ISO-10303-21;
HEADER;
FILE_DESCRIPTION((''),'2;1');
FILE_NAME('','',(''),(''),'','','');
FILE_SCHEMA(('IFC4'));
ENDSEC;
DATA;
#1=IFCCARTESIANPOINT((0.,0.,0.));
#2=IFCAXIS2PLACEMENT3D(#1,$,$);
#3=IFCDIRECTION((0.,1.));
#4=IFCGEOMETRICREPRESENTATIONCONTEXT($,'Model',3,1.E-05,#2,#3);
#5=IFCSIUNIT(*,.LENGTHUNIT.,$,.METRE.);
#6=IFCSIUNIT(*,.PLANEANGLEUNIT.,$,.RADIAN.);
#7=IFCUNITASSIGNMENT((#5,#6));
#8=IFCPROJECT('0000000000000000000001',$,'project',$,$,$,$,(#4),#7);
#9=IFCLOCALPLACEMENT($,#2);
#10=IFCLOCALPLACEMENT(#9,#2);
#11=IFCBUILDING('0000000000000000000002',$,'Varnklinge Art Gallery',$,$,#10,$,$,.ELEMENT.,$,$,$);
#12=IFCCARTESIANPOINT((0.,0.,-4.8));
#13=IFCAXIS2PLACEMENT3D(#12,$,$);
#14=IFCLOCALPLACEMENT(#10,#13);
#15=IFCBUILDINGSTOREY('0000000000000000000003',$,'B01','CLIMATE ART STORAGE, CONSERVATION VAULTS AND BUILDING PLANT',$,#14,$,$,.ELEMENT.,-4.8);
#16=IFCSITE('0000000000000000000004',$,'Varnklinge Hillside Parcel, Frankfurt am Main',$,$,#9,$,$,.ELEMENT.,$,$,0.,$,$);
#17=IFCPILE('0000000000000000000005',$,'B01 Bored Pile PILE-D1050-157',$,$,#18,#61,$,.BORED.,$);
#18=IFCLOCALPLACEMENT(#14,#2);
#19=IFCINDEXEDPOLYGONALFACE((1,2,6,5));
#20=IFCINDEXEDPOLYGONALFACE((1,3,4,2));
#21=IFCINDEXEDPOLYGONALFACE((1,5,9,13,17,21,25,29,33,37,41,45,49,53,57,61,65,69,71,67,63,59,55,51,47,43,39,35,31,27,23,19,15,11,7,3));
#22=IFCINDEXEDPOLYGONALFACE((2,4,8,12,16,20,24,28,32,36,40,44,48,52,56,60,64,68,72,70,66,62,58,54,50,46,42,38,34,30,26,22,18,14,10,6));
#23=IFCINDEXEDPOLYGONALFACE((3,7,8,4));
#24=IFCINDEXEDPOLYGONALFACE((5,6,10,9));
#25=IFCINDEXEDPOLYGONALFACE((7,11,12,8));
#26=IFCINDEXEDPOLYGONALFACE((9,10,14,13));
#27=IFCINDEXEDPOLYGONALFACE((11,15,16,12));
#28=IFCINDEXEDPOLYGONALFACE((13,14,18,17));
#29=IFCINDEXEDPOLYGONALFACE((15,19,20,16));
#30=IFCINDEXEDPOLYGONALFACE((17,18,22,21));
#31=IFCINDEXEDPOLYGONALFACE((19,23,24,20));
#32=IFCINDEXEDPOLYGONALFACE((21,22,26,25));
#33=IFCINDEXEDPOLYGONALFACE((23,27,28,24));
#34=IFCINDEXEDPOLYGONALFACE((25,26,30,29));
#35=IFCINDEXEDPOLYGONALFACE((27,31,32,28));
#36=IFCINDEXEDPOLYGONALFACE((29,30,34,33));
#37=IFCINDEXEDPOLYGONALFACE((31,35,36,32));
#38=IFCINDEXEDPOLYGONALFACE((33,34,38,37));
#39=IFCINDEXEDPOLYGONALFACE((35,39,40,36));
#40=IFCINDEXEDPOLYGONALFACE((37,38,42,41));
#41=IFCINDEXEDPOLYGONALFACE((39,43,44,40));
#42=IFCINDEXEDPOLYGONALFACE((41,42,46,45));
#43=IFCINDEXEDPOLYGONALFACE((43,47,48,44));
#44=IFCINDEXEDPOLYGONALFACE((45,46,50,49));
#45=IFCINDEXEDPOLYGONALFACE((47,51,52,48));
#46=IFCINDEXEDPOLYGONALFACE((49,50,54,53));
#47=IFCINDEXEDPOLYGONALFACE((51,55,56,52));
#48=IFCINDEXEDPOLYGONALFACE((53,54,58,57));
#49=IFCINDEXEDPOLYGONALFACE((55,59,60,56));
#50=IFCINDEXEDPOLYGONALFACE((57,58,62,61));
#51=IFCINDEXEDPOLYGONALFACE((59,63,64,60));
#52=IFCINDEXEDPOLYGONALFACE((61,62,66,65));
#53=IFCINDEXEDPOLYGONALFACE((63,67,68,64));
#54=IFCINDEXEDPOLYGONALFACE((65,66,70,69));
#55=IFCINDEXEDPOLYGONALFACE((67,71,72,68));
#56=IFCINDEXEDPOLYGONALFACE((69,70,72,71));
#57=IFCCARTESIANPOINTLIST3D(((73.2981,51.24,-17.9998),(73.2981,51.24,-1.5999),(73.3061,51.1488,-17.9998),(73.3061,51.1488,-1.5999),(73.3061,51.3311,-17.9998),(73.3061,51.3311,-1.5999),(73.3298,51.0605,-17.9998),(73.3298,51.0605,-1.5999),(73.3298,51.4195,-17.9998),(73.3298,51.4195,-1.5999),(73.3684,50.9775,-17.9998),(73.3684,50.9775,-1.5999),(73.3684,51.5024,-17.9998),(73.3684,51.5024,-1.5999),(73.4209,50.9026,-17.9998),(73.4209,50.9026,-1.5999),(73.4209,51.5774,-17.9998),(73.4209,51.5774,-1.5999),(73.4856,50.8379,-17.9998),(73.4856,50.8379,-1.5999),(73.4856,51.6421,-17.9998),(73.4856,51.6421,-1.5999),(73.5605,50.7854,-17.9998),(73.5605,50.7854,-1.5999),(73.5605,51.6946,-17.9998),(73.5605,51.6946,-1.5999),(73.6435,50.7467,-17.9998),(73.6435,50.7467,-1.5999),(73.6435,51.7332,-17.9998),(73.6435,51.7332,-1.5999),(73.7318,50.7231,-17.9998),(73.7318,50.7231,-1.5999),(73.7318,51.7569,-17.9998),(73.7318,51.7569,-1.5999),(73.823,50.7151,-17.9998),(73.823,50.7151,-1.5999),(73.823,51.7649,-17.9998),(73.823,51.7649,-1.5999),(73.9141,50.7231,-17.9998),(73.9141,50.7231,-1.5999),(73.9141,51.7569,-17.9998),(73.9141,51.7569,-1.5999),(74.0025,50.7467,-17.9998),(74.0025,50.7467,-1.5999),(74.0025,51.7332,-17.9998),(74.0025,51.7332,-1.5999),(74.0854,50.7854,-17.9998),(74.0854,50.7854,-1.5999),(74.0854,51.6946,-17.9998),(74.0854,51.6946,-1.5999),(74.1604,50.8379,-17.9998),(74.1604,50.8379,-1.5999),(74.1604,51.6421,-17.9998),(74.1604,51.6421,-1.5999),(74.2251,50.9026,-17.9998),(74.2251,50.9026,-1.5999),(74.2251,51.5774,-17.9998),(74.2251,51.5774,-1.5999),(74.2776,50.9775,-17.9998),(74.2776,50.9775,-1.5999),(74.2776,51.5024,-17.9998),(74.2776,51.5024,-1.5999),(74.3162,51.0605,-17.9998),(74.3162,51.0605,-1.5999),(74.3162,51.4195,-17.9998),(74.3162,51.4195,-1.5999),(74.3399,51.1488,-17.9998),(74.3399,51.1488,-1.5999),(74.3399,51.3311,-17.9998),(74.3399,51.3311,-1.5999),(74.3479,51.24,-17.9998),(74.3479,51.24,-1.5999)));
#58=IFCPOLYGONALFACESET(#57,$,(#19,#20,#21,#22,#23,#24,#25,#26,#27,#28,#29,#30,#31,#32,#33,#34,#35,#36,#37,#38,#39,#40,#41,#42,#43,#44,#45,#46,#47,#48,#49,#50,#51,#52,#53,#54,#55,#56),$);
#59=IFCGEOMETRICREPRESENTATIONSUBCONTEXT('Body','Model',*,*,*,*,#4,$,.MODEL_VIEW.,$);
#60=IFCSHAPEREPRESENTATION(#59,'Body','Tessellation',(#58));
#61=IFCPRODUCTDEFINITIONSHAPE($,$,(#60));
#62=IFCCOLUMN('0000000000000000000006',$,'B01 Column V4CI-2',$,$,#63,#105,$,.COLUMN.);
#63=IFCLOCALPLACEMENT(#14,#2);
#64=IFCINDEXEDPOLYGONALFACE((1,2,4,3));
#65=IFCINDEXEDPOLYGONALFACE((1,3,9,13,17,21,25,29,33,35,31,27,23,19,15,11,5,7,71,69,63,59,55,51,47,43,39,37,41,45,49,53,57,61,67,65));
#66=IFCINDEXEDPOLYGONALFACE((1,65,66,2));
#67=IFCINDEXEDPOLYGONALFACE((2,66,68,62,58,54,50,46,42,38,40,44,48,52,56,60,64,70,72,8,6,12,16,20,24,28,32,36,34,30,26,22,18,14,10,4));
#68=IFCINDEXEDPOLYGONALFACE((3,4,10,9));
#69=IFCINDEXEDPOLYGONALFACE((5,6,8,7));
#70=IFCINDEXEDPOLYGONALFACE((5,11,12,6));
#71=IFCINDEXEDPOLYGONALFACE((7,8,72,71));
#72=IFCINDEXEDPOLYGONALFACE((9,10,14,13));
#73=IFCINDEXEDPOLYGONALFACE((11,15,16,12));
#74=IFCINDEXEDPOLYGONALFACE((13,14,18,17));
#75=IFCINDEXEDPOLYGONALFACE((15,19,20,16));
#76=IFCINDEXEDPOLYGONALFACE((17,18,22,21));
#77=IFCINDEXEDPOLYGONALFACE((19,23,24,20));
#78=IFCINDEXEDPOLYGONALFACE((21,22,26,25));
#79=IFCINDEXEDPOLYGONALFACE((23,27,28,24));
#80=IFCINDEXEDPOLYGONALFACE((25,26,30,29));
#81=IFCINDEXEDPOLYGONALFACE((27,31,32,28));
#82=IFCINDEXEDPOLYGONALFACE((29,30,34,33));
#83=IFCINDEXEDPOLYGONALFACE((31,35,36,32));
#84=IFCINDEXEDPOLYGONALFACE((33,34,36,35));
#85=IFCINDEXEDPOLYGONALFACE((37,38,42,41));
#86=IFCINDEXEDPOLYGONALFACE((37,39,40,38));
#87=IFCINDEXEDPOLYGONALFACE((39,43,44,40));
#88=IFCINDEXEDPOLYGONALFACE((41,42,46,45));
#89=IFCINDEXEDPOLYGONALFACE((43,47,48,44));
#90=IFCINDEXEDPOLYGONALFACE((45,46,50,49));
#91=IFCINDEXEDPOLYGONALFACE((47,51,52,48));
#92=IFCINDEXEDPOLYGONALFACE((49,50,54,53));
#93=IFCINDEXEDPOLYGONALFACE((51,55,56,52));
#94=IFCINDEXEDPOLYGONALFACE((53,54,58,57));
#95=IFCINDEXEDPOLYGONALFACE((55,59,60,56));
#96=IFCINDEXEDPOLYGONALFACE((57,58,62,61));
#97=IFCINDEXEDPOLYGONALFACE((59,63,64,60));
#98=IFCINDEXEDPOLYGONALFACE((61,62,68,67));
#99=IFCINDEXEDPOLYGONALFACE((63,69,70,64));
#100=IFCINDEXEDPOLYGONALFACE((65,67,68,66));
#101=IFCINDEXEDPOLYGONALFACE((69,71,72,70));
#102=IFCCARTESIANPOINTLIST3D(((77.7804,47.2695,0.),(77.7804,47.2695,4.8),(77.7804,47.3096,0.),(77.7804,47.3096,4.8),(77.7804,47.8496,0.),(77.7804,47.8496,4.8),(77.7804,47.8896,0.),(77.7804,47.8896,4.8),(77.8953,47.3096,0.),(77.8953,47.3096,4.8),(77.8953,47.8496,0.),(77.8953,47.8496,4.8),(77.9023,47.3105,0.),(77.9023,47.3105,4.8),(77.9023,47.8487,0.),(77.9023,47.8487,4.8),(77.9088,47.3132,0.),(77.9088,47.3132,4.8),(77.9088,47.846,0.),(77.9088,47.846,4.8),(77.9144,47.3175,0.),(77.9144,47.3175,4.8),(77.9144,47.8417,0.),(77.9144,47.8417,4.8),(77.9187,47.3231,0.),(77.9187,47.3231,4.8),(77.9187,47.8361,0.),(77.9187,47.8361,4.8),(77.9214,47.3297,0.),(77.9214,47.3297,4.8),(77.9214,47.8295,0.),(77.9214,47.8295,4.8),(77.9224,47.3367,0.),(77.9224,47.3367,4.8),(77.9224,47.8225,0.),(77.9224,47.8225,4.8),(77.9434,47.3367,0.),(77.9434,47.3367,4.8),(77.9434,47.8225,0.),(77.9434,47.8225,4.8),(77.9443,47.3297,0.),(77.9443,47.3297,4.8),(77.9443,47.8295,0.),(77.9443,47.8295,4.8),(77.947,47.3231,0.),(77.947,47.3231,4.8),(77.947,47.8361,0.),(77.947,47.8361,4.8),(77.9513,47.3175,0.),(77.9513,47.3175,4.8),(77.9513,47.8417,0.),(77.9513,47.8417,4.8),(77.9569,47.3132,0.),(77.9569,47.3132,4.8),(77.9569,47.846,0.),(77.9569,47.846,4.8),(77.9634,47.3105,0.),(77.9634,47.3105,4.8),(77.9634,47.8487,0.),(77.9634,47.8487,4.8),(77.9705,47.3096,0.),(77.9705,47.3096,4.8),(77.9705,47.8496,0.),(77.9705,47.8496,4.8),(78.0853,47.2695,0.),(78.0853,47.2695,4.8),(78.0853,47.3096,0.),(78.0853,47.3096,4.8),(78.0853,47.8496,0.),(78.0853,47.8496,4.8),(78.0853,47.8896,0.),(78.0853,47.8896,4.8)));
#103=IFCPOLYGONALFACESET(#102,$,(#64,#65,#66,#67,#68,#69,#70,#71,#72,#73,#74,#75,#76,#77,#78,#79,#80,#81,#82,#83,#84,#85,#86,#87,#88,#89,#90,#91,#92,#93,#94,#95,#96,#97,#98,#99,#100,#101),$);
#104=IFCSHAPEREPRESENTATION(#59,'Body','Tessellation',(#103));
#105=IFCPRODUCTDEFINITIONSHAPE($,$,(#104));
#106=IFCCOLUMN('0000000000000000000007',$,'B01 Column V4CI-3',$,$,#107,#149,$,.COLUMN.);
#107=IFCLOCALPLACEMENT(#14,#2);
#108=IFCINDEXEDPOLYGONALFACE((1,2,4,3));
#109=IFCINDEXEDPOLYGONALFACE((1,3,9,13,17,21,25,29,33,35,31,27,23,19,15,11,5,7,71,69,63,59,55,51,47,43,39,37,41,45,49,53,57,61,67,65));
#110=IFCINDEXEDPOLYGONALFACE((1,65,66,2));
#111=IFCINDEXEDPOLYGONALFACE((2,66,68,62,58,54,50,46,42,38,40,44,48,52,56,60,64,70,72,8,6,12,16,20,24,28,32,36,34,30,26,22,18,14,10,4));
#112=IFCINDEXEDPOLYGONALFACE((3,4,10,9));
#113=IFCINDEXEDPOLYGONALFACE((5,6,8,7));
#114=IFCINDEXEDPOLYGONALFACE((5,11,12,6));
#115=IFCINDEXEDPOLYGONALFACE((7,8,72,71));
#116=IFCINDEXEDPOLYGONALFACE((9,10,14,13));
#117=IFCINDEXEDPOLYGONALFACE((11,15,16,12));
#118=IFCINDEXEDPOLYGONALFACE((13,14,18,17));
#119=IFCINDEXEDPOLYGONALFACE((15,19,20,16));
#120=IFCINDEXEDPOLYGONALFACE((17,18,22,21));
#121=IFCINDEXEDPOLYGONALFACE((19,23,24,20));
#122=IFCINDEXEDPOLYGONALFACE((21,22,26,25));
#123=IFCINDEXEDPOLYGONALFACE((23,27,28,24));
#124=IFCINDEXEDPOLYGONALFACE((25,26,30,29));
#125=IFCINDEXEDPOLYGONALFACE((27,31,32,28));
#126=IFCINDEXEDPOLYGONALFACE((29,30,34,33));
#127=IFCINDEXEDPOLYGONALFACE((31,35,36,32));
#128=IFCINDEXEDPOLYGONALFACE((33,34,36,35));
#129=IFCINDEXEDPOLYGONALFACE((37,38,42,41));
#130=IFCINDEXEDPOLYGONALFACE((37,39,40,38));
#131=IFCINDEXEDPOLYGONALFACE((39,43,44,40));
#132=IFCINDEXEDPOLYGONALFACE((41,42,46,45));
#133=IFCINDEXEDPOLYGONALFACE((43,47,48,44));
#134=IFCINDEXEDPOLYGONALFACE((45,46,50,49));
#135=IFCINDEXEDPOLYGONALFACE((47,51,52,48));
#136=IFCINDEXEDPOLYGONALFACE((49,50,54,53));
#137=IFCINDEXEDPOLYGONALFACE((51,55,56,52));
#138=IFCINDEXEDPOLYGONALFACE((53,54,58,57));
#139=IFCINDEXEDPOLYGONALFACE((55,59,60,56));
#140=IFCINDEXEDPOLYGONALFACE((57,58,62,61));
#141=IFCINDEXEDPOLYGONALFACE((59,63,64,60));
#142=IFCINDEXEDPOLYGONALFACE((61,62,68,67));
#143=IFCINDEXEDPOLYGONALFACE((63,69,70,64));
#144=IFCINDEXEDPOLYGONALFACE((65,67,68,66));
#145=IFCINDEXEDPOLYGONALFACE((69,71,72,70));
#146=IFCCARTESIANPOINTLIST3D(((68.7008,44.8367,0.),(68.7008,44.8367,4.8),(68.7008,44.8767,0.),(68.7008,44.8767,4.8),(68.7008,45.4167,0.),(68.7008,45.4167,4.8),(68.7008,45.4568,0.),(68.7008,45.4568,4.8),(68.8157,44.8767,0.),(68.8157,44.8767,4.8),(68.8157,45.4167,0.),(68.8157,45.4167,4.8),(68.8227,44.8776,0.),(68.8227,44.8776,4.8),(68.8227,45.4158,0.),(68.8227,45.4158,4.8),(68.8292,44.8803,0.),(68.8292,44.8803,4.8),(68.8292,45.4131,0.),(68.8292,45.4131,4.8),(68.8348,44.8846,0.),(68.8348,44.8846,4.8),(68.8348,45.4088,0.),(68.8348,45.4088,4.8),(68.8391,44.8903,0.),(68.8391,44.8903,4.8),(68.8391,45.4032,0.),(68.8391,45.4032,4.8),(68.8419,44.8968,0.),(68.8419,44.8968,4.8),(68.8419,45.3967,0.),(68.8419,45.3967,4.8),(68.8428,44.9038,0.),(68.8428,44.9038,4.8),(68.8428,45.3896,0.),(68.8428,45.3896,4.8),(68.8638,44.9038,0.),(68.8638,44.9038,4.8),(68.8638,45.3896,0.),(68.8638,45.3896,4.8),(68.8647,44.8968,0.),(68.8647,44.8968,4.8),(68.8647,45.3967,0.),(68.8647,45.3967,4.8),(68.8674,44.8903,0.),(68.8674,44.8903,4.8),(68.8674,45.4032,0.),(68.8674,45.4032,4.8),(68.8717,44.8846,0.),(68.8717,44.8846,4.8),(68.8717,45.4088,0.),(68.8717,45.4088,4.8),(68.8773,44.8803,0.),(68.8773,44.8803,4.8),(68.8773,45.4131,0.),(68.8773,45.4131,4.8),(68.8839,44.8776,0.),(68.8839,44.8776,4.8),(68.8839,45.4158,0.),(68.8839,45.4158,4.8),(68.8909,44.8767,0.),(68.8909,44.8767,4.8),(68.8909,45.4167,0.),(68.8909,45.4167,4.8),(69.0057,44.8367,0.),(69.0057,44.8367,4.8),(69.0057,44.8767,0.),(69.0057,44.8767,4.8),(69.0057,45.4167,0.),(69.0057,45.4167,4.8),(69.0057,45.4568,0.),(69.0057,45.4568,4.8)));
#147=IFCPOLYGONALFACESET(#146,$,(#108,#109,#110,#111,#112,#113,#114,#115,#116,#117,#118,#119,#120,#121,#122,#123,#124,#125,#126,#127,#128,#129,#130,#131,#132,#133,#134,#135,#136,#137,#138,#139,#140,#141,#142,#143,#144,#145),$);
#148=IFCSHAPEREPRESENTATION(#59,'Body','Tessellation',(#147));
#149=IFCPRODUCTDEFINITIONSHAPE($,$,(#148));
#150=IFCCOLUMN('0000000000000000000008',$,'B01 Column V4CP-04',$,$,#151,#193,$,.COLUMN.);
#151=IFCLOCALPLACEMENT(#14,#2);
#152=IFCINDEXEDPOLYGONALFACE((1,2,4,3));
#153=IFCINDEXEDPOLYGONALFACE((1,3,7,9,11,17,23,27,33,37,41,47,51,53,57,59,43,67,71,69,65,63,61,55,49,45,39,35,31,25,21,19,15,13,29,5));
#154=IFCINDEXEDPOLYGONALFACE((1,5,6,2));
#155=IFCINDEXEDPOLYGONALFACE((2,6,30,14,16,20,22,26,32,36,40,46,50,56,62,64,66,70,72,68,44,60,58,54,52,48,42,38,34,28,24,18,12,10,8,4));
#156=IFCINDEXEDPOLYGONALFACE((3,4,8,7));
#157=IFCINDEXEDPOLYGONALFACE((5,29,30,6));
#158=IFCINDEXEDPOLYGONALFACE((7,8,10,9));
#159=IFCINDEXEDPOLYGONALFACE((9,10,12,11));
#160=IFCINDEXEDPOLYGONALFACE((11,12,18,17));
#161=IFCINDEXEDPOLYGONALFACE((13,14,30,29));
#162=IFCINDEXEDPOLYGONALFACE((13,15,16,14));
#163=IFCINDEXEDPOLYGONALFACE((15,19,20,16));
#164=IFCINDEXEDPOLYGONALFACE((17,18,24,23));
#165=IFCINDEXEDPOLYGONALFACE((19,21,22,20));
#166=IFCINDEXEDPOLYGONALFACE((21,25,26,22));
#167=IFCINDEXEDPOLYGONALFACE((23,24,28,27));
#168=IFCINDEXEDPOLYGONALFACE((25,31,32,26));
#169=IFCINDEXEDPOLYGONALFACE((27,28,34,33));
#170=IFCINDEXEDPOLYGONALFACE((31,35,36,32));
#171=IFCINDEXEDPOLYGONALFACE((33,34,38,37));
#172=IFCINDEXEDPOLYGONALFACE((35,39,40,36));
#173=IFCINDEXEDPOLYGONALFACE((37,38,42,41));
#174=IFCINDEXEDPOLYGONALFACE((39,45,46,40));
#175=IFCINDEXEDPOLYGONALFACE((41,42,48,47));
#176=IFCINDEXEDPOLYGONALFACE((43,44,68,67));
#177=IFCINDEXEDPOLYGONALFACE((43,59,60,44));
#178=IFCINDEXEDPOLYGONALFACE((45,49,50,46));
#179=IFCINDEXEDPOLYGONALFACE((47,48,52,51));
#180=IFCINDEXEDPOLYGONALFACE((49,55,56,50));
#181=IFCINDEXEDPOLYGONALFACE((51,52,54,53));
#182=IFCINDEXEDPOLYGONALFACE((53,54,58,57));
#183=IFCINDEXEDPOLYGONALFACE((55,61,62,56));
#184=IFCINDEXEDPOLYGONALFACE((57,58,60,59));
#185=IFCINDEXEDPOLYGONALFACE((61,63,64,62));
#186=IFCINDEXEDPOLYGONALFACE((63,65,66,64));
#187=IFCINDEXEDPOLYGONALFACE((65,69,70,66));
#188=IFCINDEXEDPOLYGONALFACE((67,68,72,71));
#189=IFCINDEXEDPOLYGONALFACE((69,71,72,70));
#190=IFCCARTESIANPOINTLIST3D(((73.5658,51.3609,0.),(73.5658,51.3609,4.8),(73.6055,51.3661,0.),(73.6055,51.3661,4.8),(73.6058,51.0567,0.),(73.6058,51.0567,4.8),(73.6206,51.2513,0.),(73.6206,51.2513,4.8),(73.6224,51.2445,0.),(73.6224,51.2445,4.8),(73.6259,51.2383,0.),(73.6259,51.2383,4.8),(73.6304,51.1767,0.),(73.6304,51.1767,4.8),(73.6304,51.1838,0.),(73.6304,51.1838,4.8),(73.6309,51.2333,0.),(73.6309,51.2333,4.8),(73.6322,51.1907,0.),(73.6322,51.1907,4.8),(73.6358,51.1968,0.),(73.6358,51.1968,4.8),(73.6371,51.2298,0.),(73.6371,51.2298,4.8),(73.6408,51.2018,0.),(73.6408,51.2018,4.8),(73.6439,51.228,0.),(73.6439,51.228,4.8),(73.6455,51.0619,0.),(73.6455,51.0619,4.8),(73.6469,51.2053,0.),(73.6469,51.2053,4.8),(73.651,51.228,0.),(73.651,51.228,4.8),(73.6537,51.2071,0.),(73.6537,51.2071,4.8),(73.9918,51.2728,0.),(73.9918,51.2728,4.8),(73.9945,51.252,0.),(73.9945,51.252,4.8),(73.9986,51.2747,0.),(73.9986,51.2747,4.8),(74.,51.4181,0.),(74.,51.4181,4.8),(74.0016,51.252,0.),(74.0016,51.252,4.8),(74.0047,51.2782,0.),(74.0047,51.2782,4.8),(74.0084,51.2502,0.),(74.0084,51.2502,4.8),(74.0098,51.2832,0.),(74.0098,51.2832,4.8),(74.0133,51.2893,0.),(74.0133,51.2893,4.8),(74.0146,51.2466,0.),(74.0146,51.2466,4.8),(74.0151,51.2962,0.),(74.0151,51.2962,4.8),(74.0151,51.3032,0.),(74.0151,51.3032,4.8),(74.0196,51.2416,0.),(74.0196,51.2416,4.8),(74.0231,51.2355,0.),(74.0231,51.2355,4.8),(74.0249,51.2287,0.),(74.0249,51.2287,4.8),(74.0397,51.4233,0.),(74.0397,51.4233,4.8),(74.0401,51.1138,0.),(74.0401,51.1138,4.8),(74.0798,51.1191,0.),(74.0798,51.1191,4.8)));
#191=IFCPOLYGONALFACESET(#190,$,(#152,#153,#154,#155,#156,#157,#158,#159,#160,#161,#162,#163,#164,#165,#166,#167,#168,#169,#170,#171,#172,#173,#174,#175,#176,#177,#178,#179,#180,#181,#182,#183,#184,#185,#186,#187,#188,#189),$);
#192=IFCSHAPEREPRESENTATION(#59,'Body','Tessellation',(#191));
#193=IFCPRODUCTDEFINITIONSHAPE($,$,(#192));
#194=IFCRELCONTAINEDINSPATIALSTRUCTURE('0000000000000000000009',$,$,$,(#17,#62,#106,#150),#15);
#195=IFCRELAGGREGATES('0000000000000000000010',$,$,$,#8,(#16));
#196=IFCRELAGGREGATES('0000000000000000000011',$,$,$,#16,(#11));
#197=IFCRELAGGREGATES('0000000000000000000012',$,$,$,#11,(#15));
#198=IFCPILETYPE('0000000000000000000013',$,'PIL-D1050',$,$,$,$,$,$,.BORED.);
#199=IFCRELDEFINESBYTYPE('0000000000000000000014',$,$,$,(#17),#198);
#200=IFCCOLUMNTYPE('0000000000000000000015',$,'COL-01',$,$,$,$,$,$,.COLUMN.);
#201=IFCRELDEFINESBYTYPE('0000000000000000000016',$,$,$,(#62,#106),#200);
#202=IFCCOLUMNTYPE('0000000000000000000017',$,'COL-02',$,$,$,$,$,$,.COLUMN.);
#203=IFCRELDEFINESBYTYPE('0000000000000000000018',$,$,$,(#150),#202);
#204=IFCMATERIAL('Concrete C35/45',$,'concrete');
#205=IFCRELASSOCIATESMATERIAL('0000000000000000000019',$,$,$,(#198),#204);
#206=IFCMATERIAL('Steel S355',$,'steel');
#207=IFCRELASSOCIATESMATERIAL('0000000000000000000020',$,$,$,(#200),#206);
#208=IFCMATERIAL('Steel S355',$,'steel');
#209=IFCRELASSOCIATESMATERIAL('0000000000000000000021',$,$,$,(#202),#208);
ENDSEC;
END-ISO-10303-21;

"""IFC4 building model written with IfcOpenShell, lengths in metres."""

from ifc_helpers import new_model, si_unit, direction, frame, origin, origin_2d, place, context, subcontext, project, spatial, circle, i_section, extrude, material, material_profile, profile_set, type_object, element, save


model = new_model("IFC4")

# Units and contexts
model_context = context("Model", 3, precision=1e-05, world=origin(), true_north=direction((0.0, 1.0)))
body_context = subcontext(model_context, "Body", "Model", "MODEL_VIEW")
ifc_project = project(units=[si_unit("LENGTHUNIT", "METRE"), si_unit("PLANEANGLEUNIT", "RADIAN")], contexts=[model_context])

# Site, building, storey
site_placement = place(None, origin())
site = spatial("IfcSite", under=ifc_project, at=site_placement, Name="Varnklinge Hillside Parcel, Frankfurt am Main", CompositionType="ELEMENT", RefElevation=0.0)
building_placement = place(site_placement, origin())
building = spatial("IfcBuilding", under=site, at=building_placement, Name="Varnklinge Art Gallery", CompositionType="ELEMENT")
storey_placement = place(building_placement, frame((0.0, 0.0, -4.8)))
storey = spatial("IfcBuildingStorey", under=building, at=storey_placement, Name="B01", Description="CLIMATE ART STORAGE, CONSERVATION VAULTS AND BUILDING PLANT", CompositionType="ELEMENT", Elevation=-4.8)

# Pile
ifc_material_1 = material(Name="Concrete C35/45", Category="concrete")
ifc_material_profile_1 = material_profile(ifc_material_1, circle(Radius=0.5249, at=origin_2d()), Name="PILE D1050")
ifc_profile_set_1 = profile_set([ifc_material_profile_1], Name="Concrete C35/45")
pile_type = type_object("IfcPileType", Name="PIL-D1050", PredefinedType="BORED", material=ifc_profile_set_1)
for number, where, z_axis, x_axis, name in (
    (1, (73.823, 51.24, -1.5999), (0.0, 0.0, -1.0), (1.0, 0.0, 0.0), "B01 Bored Pile PILE-D1050-157"),
):
    element("IfcPile", number, at=place(storey_placement, frame(where, z_axis=z_axis, x_axis=x_axis)), inside=storey, type_object=pile_type, Name=name, PredefinedType="BORED", context=body_context, shape_type="SweptSolid", body=[
        extrude(circle(Radius=0.5249, at=origin_2d()), origin(), (0.0, 0.0, 1.0), 16.3999),
    ])

# Columns
ifc_material_2 = material(Name="Steel S355", Category="steel")
ifc_material_profile_2 = material_profile(ifc_material_2, i_section(OverallWidth=0.3049, OverallDepth=0.6201, WebThickness=0.021, FlangeThickness=0.04, FilletRadius=0.0271, at=origin_2d()), Name="HEM 600")
ifc_profile_set_2 = profile_set([ifc_material_profile_2], Name="Steel S355")
column_type_1 = type_object("IfcColumnType", Name="COL-01", PredefinedType="COLUMN", material=ifc_profile_set_2)
for number, where, z_axis, x_axis, name in (
    (2, (77.9329, 47.5796, 0.0), (0.0, 0.0, 1.0), (1.0, 0.0, 0.0), "B01 Column V4CI-2"),
    (3, (68.8533, 45.1467, 0.0), (0.0, 0.0, 1.0), (1.0, 0.0, 0.0), "B01 Column V4CI-3"),
):
    element("IfcColumn", number, at=place(storey_placement, frame(where, z_axis=z_axis, x_axis=x_axis)), inside=storey, type_object=column_type_1, Name=name, PredefinedType="COLUMN", context=body_context, shape_type="SweptSolid", body=[
        extrude(i_section(OverallWidth=0.3049, OverallDepth=0.6201, WebThickness=0.021, FlangeThickness=0.04, FilletRadius=0.0271, at=origin_2d()), origin(), (0.0, 0.0, 1.0), 4.8),
    ])
ifc_material_3 = material(Name="Steel S355", Category="steel")
ifc_material_profile_3 = material_profile(ifc_material_3, i_section(OverallWidth=0.3069, OverallDepth=0.478, WebThickness=0.021, FlangeThickness=0.04, FilletRadius=0.0271, at=origin_2d()), Name="HEM 450")
ifc_profile_set_3 = profile_set([ifc_material_profile_3], Name="Steel S355")
column_type_2 = type_object("IfcColumnType", Name="COL-02", PredefinedType="COLUMN", material=ifc_profile_set_3)
column_1_placement = place(storey_placement, frame((73.8228, 51.24, 0.0), z_axis=(0.0, 0.0, 1.0), x_axis=(-0.130526, 0.991445, 0.0)))
element("IfcColumn", 4, at=column_1_placement, inside=storey, type_object=column_type_2, Name="B01 Column V4CP-04", PredefinedType="COLUMN", context=body_context, shape_type="SweptSolid", body=[
    extrude(i_section(OverallWidth=0.3069, OverallDepth=0.478, WebThickness=0.021, FlangeThickness=0.04, FilletRadius=0.0271, at=origin_2d()), origin(), (0.0, 0.0, 1.0), 4.8),
])

save(model, "model.ifc")
